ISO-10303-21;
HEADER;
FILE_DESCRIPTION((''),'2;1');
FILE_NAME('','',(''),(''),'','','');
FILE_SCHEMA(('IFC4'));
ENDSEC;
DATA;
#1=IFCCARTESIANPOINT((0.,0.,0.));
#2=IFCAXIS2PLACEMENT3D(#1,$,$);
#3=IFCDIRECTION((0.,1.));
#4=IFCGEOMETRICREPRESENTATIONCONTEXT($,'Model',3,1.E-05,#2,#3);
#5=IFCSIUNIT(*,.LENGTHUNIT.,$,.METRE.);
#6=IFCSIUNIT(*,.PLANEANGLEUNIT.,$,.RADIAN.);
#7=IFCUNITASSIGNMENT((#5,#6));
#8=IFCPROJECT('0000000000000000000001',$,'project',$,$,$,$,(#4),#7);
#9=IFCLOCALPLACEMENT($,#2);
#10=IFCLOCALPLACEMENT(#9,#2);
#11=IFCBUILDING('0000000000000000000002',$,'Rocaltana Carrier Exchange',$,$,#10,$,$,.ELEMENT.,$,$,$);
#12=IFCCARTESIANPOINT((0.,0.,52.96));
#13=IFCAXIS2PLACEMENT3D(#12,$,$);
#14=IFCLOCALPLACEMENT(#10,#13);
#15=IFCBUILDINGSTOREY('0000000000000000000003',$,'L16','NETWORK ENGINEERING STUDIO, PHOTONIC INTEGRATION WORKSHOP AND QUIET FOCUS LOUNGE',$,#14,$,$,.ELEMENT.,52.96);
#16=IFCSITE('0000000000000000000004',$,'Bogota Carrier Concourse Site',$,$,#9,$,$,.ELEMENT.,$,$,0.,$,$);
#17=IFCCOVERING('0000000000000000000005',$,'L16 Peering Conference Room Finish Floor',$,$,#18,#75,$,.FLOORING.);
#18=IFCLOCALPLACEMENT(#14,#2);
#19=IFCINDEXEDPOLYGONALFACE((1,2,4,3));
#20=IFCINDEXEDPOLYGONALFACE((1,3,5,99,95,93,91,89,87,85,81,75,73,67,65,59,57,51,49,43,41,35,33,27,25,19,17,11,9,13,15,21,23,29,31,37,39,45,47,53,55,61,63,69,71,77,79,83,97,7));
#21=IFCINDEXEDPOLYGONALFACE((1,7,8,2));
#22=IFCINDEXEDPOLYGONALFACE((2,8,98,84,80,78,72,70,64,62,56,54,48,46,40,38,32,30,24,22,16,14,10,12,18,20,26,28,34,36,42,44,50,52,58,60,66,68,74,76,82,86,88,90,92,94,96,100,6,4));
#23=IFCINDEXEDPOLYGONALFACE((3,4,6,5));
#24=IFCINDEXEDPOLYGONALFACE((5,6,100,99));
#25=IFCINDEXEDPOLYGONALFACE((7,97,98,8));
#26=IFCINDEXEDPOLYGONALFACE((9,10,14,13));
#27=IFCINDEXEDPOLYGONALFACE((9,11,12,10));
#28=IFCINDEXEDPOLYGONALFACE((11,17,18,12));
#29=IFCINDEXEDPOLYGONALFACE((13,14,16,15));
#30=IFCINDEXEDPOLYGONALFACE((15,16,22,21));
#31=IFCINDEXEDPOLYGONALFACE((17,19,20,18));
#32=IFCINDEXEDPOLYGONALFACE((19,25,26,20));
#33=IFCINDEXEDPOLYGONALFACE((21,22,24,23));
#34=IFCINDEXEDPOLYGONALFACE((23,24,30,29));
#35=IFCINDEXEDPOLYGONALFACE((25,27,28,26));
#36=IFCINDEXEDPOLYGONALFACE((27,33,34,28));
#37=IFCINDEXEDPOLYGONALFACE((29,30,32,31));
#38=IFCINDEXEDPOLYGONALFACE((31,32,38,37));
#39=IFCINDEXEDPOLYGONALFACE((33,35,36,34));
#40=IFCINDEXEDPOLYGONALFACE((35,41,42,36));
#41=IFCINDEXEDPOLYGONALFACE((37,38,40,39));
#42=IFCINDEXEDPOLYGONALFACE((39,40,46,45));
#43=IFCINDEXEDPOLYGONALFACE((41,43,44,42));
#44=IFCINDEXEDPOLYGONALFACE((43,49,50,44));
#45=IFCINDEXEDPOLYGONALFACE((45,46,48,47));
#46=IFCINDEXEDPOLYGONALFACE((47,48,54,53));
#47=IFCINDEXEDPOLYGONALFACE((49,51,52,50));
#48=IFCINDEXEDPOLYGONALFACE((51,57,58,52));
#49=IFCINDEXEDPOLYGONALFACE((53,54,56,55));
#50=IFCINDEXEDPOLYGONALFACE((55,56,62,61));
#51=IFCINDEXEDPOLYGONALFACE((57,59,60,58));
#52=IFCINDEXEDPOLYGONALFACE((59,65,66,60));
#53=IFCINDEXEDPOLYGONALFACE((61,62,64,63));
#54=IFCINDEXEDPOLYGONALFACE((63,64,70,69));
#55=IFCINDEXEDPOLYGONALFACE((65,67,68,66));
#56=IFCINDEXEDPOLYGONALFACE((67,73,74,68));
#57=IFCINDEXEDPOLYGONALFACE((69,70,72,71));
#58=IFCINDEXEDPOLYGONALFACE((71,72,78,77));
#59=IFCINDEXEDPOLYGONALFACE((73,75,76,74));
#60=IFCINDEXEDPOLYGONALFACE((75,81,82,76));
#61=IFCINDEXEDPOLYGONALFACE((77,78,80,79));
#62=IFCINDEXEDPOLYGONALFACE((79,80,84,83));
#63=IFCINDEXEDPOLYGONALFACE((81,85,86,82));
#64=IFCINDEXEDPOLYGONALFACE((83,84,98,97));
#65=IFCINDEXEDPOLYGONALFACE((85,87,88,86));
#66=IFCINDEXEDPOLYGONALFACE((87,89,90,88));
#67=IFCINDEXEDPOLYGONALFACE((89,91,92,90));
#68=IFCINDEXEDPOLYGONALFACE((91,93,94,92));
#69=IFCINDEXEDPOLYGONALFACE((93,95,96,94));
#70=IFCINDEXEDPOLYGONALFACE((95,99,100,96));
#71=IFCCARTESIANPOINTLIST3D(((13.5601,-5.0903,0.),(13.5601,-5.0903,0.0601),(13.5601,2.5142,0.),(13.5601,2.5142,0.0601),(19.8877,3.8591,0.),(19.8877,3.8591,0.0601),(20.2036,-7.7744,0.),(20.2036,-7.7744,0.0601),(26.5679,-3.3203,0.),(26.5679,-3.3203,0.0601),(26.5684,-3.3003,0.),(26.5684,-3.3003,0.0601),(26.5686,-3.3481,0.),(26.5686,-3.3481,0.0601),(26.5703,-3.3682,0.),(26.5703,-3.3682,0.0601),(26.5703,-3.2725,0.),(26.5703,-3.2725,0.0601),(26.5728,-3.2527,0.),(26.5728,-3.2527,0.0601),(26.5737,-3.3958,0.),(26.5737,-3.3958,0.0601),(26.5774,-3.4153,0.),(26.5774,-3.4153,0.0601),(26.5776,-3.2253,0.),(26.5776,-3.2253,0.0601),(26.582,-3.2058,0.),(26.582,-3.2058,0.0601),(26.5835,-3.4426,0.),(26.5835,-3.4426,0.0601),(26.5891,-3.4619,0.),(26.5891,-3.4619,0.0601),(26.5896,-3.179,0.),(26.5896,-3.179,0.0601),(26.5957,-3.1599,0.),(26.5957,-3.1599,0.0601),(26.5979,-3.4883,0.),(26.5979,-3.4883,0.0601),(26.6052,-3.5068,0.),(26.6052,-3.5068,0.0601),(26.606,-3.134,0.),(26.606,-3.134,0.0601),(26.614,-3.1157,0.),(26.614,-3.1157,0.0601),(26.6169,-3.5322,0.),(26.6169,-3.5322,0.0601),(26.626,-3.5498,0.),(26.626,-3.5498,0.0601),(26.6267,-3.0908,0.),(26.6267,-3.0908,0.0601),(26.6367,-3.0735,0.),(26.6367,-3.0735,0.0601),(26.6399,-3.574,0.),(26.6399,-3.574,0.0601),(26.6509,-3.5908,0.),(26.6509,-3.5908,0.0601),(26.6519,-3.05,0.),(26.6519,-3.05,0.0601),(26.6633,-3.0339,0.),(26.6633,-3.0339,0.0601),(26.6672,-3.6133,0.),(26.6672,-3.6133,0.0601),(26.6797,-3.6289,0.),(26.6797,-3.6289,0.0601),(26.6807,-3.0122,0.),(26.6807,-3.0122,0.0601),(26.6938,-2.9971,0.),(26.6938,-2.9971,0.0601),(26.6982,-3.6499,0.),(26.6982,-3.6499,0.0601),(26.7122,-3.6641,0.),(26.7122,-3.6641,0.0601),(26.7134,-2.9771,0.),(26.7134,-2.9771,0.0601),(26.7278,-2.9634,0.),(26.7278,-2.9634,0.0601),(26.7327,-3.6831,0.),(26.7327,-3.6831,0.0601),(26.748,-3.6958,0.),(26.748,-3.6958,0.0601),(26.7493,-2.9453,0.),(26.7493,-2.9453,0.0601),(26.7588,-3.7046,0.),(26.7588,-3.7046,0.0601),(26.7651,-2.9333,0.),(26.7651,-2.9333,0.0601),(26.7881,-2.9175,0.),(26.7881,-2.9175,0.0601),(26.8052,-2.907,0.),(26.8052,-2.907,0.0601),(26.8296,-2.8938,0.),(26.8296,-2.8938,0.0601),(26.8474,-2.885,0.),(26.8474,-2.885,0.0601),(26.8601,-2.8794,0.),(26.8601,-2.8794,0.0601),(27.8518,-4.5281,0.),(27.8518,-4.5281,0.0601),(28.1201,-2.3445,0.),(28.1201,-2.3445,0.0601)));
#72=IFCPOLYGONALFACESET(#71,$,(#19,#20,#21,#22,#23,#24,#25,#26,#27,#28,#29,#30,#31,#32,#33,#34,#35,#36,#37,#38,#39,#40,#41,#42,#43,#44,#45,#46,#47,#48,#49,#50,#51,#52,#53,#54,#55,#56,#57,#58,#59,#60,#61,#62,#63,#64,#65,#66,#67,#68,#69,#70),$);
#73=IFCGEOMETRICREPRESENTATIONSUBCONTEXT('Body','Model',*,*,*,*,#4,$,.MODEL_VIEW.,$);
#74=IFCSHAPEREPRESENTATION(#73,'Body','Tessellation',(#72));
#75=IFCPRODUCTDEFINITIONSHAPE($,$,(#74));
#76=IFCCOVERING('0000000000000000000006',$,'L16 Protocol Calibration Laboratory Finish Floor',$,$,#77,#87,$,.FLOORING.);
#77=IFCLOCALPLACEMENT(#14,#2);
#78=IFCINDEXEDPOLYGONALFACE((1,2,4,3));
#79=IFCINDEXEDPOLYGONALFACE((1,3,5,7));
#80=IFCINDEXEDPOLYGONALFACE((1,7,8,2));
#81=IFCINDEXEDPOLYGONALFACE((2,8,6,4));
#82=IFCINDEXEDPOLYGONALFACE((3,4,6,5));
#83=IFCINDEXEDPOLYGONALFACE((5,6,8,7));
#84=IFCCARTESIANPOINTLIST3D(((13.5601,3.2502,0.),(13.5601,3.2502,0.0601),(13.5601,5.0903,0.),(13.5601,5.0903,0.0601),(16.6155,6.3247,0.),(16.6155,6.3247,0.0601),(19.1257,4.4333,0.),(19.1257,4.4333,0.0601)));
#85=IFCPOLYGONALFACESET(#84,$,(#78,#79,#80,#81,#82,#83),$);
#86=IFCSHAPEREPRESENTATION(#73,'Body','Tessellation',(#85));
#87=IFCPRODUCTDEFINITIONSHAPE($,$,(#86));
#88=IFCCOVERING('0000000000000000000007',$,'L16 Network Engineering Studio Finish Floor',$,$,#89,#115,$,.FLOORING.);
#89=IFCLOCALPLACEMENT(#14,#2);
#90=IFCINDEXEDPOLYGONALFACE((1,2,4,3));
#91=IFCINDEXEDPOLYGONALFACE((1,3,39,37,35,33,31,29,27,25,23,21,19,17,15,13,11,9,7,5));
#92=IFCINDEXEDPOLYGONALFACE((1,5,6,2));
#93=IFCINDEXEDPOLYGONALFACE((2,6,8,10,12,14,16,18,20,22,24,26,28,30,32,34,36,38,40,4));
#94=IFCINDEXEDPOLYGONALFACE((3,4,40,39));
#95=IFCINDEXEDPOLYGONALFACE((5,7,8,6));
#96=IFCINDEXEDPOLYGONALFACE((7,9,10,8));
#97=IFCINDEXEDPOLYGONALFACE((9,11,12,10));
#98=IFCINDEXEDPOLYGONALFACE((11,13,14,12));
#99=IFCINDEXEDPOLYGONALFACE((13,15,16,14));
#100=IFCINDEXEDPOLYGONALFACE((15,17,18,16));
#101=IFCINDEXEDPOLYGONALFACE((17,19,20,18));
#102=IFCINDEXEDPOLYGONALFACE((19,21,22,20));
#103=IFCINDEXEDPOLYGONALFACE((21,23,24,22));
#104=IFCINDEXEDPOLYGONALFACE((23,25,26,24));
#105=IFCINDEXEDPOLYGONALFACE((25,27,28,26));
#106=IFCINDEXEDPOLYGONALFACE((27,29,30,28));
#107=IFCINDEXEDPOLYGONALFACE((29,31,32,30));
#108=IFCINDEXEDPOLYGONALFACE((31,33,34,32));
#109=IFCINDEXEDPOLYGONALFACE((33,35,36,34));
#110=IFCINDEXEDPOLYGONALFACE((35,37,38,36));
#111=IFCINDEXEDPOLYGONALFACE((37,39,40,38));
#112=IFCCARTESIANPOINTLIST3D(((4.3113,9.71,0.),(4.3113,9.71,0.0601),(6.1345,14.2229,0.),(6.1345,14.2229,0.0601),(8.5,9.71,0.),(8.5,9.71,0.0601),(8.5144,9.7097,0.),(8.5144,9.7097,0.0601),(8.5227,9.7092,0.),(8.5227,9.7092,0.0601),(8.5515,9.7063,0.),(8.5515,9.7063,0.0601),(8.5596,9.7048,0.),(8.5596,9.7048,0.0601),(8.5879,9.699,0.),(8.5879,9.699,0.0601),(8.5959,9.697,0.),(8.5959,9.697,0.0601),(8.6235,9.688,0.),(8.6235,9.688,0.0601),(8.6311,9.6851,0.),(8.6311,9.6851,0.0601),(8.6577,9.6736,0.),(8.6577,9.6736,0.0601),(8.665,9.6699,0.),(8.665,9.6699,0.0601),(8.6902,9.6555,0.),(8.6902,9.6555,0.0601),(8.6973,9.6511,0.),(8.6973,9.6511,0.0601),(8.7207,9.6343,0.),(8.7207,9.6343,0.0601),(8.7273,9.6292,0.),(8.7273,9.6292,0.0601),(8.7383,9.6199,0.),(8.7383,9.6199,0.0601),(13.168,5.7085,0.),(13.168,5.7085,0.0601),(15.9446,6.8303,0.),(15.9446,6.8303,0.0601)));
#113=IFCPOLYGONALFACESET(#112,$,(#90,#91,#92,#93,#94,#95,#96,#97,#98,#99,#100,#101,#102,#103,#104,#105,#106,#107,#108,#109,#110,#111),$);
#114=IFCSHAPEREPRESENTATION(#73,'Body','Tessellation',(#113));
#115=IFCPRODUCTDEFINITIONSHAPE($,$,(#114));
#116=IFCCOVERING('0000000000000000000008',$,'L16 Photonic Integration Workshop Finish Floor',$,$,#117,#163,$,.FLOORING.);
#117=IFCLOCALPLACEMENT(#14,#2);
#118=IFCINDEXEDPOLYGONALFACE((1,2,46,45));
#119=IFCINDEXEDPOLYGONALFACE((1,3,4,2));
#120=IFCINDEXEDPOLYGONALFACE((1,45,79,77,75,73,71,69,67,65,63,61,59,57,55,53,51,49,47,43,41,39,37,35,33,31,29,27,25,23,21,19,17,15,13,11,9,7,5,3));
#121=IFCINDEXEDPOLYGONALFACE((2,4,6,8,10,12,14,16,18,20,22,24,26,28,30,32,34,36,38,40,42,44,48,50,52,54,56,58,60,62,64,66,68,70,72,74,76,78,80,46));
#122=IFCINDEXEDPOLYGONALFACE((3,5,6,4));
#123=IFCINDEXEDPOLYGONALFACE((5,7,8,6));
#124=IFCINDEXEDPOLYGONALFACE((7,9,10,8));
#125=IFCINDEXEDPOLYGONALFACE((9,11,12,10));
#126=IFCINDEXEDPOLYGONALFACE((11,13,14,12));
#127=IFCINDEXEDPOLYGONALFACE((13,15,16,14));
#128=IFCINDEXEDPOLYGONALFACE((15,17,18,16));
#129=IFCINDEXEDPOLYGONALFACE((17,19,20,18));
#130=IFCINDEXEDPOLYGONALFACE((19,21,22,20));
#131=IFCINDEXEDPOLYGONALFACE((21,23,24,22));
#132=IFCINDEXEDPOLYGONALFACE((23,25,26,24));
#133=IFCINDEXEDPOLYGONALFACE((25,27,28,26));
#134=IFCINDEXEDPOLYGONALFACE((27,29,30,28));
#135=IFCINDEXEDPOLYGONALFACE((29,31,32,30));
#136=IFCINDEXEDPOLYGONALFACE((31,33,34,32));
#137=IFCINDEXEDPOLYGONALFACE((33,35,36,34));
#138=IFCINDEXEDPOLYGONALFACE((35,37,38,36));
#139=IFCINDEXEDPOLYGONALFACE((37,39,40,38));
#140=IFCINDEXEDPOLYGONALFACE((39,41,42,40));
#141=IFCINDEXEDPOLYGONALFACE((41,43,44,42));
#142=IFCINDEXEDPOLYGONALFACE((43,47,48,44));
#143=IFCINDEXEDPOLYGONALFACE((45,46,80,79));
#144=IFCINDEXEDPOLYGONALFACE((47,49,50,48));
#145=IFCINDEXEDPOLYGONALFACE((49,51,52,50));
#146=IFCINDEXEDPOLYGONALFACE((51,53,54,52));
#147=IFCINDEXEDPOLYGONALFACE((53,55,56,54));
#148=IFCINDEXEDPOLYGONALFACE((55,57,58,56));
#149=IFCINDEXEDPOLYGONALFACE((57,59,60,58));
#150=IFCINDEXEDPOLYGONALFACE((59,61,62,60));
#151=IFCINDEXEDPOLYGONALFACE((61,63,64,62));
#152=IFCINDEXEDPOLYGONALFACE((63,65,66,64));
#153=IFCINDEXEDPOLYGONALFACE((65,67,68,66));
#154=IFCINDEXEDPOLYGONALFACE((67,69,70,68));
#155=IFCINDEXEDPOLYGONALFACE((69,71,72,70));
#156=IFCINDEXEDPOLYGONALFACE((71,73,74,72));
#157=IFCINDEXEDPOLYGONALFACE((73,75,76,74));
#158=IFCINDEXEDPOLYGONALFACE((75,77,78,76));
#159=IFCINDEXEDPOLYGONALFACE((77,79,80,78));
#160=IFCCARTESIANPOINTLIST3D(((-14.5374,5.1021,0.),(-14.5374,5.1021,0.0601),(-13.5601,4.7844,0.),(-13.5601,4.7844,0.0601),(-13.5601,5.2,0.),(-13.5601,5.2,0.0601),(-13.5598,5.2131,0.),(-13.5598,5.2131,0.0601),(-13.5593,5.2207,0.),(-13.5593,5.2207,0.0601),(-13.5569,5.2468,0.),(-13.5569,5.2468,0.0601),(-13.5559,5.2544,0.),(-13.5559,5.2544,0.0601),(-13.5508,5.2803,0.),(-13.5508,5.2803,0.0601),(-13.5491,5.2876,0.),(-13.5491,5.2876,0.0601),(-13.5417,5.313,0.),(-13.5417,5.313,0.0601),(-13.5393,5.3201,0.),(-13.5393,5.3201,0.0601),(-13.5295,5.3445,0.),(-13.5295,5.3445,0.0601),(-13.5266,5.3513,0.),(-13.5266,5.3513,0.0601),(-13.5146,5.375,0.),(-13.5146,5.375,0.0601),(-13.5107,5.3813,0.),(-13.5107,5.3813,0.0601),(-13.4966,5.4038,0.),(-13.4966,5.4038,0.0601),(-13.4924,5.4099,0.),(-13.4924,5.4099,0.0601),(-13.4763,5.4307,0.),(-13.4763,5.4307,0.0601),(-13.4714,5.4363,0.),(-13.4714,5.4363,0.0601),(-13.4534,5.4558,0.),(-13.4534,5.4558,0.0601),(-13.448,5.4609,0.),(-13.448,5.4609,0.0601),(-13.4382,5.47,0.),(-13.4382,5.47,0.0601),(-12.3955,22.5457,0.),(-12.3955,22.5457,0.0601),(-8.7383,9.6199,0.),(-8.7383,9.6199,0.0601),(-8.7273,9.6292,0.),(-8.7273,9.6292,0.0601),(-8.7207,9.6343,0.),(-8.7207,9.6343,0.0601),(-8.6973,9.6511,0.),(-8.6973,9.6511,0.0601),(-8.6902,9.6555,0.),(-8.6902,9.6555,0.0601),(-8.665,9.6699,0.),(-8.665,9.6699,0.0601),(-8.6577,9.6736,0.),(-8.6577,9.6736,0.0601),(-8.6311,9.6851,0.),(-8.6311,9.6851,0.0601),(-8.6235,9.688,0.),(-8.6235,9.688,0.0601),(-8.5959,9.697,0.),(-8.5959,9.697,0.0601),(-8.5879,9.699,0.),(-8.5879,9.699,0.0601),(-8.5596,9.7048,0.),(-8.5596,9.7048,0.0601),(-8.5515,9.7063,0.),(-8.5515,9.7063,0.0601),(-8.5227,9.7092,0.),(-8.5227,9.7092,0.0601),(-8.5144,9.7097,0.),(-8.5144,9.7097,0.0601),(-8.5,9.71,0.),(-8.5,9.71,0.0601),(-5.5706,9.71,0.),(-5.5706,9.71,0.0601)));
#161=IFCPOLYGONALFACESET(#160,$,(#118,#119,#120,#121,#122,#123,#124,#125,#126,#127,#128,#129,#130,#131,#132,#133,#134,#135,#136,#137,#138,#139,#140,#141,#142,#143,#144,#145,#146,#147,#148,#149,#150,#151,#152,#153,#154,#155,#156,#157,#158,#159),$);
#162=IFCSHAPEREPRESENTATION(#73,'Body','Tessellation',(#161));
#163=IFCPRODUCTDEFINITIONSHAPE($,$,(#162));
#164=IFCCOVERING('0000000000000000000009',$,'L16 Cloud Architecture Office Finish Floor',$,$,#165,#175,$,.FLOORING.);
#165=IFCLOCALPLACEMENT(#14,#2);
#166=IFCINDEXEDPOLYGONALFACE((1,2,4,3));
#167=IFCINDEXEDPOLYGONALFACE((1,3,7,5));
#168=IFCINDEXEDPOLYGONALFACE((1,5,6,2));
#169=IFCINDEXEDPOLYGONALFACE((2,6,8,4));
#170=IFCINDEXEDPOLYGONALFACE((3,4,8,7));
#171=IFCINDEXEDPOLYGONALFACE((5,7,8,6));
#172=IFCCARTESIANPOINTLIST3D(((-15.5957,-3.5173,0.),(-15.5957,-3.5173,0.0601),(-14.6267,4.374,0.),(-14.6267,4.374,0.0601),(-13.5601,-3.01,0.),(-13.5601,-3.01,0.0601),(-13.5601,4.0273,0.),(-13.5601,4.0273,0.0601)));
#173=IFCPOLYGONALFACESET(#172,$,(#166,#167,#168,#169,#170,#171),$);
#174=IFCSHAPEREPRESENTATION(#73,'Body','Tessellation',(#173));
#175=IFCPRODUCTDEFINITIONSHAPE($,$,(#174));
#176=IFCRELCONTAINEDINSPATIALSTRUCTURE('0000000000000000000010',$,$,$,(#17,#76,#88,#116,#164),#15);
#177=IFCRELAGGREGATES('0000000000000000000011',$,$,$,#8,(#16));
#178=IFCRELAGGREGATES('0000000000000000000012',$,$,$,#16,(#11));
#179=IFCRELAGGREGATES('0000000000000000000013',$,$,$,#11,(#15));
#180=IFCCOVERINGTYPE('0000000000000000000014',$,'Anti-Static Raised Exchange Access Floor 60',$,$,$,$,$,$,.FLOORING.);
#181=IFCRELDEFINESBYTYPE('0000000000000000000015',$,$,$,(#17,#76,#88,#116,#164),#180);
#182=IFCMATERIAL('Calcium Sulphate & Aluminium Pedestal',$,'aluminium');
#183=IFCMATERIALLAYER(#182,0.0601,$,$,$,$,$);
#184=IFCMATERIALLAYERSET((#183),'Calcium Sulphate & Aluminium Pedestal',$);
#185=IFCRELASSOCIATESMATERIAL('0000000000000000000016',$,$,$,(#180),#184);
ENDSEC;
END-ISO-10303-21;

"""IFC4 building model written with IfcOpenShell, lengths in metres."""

from ifc_helpers import new_model, si_unit, direction, frame, origin, place, context, subcontext, project, spatial, polyline, outline, extrude, material, layer, layer_set, type_object, element, save


model = new_model("IFC4")

# Units and contexts
model_context = context("Model", 3, precision=1e-05, world=origin(), true_north=direction((0.0, 1.0)))
body_context = subcontext(model_context, "Body", "Model", "MODEL_VIEW")
ifc_project = project(units=[si_unit("LENGTHUNIT", "METRE"), si_unit("PLANEANGLEUNIT", "RADIAN")], contexts=[model_context])

# Site, building, storey
site_placement = place(None, origin())
site = spatial("IfcSite", under=ifc_project, at=site_placement, Name="Bogota Carrier Concourse Site", CompositionType="ELEMENT", RefElevation=0.0)
building_placement = place(site_placement, origin())
building = spatial("IfcBuilding", under=site, at=building_placement, Name="Rocaltana Carrier Exchange", CompositionType="ELEMENT")
storey_placement = place(building_placement, frame((0.0, 0.0, 52.96)))
storey = spatial("IfcBuildingStorey", under=building, at=storey_placement, Name="L16", Description="NETWORK ENGINEERING STUDIO, PHOTONIC INTEGRATION WORKSHOP AND QUIET FOCUS LOUNGE", CompositionType="ELEMENT", Elevation=52.96)

# Coverings
ifc_material_1 = material(Name="Calcium Sulphate & Aluminium Pedestal", Category="aluminium")
ifc_layer_1 = layer(ifc_material_1, 0.0601)
ifc_layer_set_1 = layer_set([ifc_layer_1], Name="Calcium Sulphate & Aluminium Pedestal")
covering_type_1 = type_object("IfcCoveringType", Name="Anti-Static Raised Exchange Access Floor 60", PredefinedType="FLOORING", material=ifc_layer_set_1)
covering_1_placement = place(storey_placement, origin())
element("IfcCovering", 1, at=covering_1_placement, inside=storey, type_object=covering_type_1, Name="L16 Peering Conference Room Finish Floor", PredefinedType="FLOORING", context=body_context, shape_type="SweptSolid", body=[
    extrude(outline(polyline([(13.5601, -5.0903), (13.5601, 2.5142), (19.8877, 3.8591), (28.1201, -2.3445), (26.8601, -2.8794), (26.8474, -2.885), (26.8296, -2.8938), (26.8052, -2.907), (26.7881, -2.9175), (26.7651, -2.9333), (26.7493, -2.9453), (26.7278, -2.9634), (26.7134, -2.9771), (26.6938, -2.9971), (26.6807, -3.0122), (26.6633, -3.0339), (26.6519, -3.05), (26.6367, -3.0735), (26.6267, -3.0908), (26.614, -3.1157), (26.606, -3.134), (26.5957, -3.1599), (26.5896, -3.179), (26.582, -3.2058), (26.5776, -3.2253), (26.5728, -3.2527), (26.5703, -3.2725), (26.5684, -3.3003), (26.5679, -3.3203), (26.5686, -3.3481), (26.5703, -3.3682), (26.5737, -3.3958), (26.5774, -3.4153), (26.5835, -3.4426), (26.5891, -3.4619), (26.5979, -3.4883), (26.6052, -3.5068), (26.6169, -3.5322), (26.626, -3.5498), (26.6399, -3.574), (26.6509, -3.5908), (26.6672, -3.6133), (26.6797, -3.6289), (26.6982, -3.6499), (26.7122, -3.6641), (26.7327, -3.6831), (26.748, -3.6958), (26.7588, -3.7046), (27.8518, -4.5281), (20.2036, -7.7744), (13.5601, -5.0903)])), origin(), (0.0, 0.0, 1.0), 0.0601),
])
covering_2_placement = place(storey_placement, origin())
element("IfcCovering", 2, at=covering_2_placement, inside=storey, type_object=covering_type_1, Name="L16 Protocol Calibration Laboratory Finish Floor", PredefinedType="FLOORING", context=body_context, shape_type="SweptSolid", body=[
    extrude(outline(polyline([(13.5601, 5.0903), (16.6155, 6.3247), (19.1257, 4.4333), (13.5601, 3.2502), (13.5601, 5.0903)])), origin(), (0.0, 0.0, 1.0), 0.0601),
])
covering_3_placement = place(storey_placement, origin())
element("IfcCovering", 3, at=covering_3_placement, inside=storey, type_object=covering_type_1, Name="L16 Network Engineering Studio Finish Floor", PredefinedType="FLOORING", context=body_context, shape_type="SweptSolid", body=[
    extrude(outline(polyline([(15.9446, 6.8303), (13.168, 5.7085), (8.7383, 9.6199), (8.7273, 9.6292), (8.7207, 9.6343), (8.6973, 9.6511), (8.6902, 9.6555), (8.665, 9.6699), (8.6577, 9.6736), (8.6311, 9.6851), (8.6235, 9.688), (8.5959, 9.697), (8.5879, 9.699), (8.5596, 9.7048), (8.5515, 9.7063), (8.5227, 9.7092), (8.5144, 9.7097), (8.5, 9.71), (4.3113, 9.71), (6.1345, 14.2229), (15.9446, 6.8303)])), origin(), (0.0, 0.0, 1.0), 0.0601),
])
covering_4_placement = place(storey_placement, origin())
element("IfcCovering", 4, at=covering_4_placement, inside=storey, type_object=covering_type_1, Name="L16 Photonic Integration Workshop Finish Floor", PredefinedType="FLOORING", context=body_context, shape_type="SweptSolid", body=[
    extrude(outline(polyline([(-12.3955, 22.5457), (-5.5706, 9.71), (-8.5, 9.71), (-8.5144, 9.7097), (-8.5227, 9.7092), (-8.5515, 9.7063), (-8.5596, 9.7048), (-8.5879, 9.699), (-8.5959, 9.697), (-8.6235, 9.688), (-8.6311, 9.6851), (-8.6577, 9.6736), (-8.665, 9.6699), (-8.6902, 9.6555), (-8.6973, 9.6511), (-8.7207, 9.6343), (-8.7273, 9.6292), (-8.7383, 9.6199), (-13.4382, 5.47), (-13.448, 5.4609), (-13.4534, 5.4558), (-13.4714, 5.4363), (-13.4763, 5.4307), (-13.4924, 5.4099), (-13.4966, 5.4038), (-13.5107, 5.3813), (-13.5146, 5.375), (-13.5266, 5.3513), (-13.5295, 5.3445), (-13.5393, 5.3201), (-13.5417, 5.313), (-13.5491, 5.2876), (-13.5508, 5.2803), (-13.5559, 5.2544), (-13.5569, 5.2468), (-13.5593, 5.2207), (-13.5598, 5.2131), (-13.5601, 5.2), (-13.5601, 4.7844), (-14.5374, 5.1021), (-12.3955, 22.5457)])), origin(), (0.0, 0.0, 1.0), 0.0601),
])
covering_5_placement = place(storey_placement, origin())
element("IfcCovering", 5, at=covering_5_placement, inside=storey, type_object=covering_type_1, Name="L16 Cloud Architecture Office Finish Floor", PredefinedType="FLOORING", context=body_context, shape_type="SweptSolid", body=[
    extrude(outline(polyline([(-14.6267, 4.374), (-13.5601, 4.0273), (-13.5601, -3.01), (-15.5957, -3.5173), (-14.6267, 4.374)])), origin(), (0.0, 0.0, 1.0), 0.0601),
])

save(model, "model.ifc")
